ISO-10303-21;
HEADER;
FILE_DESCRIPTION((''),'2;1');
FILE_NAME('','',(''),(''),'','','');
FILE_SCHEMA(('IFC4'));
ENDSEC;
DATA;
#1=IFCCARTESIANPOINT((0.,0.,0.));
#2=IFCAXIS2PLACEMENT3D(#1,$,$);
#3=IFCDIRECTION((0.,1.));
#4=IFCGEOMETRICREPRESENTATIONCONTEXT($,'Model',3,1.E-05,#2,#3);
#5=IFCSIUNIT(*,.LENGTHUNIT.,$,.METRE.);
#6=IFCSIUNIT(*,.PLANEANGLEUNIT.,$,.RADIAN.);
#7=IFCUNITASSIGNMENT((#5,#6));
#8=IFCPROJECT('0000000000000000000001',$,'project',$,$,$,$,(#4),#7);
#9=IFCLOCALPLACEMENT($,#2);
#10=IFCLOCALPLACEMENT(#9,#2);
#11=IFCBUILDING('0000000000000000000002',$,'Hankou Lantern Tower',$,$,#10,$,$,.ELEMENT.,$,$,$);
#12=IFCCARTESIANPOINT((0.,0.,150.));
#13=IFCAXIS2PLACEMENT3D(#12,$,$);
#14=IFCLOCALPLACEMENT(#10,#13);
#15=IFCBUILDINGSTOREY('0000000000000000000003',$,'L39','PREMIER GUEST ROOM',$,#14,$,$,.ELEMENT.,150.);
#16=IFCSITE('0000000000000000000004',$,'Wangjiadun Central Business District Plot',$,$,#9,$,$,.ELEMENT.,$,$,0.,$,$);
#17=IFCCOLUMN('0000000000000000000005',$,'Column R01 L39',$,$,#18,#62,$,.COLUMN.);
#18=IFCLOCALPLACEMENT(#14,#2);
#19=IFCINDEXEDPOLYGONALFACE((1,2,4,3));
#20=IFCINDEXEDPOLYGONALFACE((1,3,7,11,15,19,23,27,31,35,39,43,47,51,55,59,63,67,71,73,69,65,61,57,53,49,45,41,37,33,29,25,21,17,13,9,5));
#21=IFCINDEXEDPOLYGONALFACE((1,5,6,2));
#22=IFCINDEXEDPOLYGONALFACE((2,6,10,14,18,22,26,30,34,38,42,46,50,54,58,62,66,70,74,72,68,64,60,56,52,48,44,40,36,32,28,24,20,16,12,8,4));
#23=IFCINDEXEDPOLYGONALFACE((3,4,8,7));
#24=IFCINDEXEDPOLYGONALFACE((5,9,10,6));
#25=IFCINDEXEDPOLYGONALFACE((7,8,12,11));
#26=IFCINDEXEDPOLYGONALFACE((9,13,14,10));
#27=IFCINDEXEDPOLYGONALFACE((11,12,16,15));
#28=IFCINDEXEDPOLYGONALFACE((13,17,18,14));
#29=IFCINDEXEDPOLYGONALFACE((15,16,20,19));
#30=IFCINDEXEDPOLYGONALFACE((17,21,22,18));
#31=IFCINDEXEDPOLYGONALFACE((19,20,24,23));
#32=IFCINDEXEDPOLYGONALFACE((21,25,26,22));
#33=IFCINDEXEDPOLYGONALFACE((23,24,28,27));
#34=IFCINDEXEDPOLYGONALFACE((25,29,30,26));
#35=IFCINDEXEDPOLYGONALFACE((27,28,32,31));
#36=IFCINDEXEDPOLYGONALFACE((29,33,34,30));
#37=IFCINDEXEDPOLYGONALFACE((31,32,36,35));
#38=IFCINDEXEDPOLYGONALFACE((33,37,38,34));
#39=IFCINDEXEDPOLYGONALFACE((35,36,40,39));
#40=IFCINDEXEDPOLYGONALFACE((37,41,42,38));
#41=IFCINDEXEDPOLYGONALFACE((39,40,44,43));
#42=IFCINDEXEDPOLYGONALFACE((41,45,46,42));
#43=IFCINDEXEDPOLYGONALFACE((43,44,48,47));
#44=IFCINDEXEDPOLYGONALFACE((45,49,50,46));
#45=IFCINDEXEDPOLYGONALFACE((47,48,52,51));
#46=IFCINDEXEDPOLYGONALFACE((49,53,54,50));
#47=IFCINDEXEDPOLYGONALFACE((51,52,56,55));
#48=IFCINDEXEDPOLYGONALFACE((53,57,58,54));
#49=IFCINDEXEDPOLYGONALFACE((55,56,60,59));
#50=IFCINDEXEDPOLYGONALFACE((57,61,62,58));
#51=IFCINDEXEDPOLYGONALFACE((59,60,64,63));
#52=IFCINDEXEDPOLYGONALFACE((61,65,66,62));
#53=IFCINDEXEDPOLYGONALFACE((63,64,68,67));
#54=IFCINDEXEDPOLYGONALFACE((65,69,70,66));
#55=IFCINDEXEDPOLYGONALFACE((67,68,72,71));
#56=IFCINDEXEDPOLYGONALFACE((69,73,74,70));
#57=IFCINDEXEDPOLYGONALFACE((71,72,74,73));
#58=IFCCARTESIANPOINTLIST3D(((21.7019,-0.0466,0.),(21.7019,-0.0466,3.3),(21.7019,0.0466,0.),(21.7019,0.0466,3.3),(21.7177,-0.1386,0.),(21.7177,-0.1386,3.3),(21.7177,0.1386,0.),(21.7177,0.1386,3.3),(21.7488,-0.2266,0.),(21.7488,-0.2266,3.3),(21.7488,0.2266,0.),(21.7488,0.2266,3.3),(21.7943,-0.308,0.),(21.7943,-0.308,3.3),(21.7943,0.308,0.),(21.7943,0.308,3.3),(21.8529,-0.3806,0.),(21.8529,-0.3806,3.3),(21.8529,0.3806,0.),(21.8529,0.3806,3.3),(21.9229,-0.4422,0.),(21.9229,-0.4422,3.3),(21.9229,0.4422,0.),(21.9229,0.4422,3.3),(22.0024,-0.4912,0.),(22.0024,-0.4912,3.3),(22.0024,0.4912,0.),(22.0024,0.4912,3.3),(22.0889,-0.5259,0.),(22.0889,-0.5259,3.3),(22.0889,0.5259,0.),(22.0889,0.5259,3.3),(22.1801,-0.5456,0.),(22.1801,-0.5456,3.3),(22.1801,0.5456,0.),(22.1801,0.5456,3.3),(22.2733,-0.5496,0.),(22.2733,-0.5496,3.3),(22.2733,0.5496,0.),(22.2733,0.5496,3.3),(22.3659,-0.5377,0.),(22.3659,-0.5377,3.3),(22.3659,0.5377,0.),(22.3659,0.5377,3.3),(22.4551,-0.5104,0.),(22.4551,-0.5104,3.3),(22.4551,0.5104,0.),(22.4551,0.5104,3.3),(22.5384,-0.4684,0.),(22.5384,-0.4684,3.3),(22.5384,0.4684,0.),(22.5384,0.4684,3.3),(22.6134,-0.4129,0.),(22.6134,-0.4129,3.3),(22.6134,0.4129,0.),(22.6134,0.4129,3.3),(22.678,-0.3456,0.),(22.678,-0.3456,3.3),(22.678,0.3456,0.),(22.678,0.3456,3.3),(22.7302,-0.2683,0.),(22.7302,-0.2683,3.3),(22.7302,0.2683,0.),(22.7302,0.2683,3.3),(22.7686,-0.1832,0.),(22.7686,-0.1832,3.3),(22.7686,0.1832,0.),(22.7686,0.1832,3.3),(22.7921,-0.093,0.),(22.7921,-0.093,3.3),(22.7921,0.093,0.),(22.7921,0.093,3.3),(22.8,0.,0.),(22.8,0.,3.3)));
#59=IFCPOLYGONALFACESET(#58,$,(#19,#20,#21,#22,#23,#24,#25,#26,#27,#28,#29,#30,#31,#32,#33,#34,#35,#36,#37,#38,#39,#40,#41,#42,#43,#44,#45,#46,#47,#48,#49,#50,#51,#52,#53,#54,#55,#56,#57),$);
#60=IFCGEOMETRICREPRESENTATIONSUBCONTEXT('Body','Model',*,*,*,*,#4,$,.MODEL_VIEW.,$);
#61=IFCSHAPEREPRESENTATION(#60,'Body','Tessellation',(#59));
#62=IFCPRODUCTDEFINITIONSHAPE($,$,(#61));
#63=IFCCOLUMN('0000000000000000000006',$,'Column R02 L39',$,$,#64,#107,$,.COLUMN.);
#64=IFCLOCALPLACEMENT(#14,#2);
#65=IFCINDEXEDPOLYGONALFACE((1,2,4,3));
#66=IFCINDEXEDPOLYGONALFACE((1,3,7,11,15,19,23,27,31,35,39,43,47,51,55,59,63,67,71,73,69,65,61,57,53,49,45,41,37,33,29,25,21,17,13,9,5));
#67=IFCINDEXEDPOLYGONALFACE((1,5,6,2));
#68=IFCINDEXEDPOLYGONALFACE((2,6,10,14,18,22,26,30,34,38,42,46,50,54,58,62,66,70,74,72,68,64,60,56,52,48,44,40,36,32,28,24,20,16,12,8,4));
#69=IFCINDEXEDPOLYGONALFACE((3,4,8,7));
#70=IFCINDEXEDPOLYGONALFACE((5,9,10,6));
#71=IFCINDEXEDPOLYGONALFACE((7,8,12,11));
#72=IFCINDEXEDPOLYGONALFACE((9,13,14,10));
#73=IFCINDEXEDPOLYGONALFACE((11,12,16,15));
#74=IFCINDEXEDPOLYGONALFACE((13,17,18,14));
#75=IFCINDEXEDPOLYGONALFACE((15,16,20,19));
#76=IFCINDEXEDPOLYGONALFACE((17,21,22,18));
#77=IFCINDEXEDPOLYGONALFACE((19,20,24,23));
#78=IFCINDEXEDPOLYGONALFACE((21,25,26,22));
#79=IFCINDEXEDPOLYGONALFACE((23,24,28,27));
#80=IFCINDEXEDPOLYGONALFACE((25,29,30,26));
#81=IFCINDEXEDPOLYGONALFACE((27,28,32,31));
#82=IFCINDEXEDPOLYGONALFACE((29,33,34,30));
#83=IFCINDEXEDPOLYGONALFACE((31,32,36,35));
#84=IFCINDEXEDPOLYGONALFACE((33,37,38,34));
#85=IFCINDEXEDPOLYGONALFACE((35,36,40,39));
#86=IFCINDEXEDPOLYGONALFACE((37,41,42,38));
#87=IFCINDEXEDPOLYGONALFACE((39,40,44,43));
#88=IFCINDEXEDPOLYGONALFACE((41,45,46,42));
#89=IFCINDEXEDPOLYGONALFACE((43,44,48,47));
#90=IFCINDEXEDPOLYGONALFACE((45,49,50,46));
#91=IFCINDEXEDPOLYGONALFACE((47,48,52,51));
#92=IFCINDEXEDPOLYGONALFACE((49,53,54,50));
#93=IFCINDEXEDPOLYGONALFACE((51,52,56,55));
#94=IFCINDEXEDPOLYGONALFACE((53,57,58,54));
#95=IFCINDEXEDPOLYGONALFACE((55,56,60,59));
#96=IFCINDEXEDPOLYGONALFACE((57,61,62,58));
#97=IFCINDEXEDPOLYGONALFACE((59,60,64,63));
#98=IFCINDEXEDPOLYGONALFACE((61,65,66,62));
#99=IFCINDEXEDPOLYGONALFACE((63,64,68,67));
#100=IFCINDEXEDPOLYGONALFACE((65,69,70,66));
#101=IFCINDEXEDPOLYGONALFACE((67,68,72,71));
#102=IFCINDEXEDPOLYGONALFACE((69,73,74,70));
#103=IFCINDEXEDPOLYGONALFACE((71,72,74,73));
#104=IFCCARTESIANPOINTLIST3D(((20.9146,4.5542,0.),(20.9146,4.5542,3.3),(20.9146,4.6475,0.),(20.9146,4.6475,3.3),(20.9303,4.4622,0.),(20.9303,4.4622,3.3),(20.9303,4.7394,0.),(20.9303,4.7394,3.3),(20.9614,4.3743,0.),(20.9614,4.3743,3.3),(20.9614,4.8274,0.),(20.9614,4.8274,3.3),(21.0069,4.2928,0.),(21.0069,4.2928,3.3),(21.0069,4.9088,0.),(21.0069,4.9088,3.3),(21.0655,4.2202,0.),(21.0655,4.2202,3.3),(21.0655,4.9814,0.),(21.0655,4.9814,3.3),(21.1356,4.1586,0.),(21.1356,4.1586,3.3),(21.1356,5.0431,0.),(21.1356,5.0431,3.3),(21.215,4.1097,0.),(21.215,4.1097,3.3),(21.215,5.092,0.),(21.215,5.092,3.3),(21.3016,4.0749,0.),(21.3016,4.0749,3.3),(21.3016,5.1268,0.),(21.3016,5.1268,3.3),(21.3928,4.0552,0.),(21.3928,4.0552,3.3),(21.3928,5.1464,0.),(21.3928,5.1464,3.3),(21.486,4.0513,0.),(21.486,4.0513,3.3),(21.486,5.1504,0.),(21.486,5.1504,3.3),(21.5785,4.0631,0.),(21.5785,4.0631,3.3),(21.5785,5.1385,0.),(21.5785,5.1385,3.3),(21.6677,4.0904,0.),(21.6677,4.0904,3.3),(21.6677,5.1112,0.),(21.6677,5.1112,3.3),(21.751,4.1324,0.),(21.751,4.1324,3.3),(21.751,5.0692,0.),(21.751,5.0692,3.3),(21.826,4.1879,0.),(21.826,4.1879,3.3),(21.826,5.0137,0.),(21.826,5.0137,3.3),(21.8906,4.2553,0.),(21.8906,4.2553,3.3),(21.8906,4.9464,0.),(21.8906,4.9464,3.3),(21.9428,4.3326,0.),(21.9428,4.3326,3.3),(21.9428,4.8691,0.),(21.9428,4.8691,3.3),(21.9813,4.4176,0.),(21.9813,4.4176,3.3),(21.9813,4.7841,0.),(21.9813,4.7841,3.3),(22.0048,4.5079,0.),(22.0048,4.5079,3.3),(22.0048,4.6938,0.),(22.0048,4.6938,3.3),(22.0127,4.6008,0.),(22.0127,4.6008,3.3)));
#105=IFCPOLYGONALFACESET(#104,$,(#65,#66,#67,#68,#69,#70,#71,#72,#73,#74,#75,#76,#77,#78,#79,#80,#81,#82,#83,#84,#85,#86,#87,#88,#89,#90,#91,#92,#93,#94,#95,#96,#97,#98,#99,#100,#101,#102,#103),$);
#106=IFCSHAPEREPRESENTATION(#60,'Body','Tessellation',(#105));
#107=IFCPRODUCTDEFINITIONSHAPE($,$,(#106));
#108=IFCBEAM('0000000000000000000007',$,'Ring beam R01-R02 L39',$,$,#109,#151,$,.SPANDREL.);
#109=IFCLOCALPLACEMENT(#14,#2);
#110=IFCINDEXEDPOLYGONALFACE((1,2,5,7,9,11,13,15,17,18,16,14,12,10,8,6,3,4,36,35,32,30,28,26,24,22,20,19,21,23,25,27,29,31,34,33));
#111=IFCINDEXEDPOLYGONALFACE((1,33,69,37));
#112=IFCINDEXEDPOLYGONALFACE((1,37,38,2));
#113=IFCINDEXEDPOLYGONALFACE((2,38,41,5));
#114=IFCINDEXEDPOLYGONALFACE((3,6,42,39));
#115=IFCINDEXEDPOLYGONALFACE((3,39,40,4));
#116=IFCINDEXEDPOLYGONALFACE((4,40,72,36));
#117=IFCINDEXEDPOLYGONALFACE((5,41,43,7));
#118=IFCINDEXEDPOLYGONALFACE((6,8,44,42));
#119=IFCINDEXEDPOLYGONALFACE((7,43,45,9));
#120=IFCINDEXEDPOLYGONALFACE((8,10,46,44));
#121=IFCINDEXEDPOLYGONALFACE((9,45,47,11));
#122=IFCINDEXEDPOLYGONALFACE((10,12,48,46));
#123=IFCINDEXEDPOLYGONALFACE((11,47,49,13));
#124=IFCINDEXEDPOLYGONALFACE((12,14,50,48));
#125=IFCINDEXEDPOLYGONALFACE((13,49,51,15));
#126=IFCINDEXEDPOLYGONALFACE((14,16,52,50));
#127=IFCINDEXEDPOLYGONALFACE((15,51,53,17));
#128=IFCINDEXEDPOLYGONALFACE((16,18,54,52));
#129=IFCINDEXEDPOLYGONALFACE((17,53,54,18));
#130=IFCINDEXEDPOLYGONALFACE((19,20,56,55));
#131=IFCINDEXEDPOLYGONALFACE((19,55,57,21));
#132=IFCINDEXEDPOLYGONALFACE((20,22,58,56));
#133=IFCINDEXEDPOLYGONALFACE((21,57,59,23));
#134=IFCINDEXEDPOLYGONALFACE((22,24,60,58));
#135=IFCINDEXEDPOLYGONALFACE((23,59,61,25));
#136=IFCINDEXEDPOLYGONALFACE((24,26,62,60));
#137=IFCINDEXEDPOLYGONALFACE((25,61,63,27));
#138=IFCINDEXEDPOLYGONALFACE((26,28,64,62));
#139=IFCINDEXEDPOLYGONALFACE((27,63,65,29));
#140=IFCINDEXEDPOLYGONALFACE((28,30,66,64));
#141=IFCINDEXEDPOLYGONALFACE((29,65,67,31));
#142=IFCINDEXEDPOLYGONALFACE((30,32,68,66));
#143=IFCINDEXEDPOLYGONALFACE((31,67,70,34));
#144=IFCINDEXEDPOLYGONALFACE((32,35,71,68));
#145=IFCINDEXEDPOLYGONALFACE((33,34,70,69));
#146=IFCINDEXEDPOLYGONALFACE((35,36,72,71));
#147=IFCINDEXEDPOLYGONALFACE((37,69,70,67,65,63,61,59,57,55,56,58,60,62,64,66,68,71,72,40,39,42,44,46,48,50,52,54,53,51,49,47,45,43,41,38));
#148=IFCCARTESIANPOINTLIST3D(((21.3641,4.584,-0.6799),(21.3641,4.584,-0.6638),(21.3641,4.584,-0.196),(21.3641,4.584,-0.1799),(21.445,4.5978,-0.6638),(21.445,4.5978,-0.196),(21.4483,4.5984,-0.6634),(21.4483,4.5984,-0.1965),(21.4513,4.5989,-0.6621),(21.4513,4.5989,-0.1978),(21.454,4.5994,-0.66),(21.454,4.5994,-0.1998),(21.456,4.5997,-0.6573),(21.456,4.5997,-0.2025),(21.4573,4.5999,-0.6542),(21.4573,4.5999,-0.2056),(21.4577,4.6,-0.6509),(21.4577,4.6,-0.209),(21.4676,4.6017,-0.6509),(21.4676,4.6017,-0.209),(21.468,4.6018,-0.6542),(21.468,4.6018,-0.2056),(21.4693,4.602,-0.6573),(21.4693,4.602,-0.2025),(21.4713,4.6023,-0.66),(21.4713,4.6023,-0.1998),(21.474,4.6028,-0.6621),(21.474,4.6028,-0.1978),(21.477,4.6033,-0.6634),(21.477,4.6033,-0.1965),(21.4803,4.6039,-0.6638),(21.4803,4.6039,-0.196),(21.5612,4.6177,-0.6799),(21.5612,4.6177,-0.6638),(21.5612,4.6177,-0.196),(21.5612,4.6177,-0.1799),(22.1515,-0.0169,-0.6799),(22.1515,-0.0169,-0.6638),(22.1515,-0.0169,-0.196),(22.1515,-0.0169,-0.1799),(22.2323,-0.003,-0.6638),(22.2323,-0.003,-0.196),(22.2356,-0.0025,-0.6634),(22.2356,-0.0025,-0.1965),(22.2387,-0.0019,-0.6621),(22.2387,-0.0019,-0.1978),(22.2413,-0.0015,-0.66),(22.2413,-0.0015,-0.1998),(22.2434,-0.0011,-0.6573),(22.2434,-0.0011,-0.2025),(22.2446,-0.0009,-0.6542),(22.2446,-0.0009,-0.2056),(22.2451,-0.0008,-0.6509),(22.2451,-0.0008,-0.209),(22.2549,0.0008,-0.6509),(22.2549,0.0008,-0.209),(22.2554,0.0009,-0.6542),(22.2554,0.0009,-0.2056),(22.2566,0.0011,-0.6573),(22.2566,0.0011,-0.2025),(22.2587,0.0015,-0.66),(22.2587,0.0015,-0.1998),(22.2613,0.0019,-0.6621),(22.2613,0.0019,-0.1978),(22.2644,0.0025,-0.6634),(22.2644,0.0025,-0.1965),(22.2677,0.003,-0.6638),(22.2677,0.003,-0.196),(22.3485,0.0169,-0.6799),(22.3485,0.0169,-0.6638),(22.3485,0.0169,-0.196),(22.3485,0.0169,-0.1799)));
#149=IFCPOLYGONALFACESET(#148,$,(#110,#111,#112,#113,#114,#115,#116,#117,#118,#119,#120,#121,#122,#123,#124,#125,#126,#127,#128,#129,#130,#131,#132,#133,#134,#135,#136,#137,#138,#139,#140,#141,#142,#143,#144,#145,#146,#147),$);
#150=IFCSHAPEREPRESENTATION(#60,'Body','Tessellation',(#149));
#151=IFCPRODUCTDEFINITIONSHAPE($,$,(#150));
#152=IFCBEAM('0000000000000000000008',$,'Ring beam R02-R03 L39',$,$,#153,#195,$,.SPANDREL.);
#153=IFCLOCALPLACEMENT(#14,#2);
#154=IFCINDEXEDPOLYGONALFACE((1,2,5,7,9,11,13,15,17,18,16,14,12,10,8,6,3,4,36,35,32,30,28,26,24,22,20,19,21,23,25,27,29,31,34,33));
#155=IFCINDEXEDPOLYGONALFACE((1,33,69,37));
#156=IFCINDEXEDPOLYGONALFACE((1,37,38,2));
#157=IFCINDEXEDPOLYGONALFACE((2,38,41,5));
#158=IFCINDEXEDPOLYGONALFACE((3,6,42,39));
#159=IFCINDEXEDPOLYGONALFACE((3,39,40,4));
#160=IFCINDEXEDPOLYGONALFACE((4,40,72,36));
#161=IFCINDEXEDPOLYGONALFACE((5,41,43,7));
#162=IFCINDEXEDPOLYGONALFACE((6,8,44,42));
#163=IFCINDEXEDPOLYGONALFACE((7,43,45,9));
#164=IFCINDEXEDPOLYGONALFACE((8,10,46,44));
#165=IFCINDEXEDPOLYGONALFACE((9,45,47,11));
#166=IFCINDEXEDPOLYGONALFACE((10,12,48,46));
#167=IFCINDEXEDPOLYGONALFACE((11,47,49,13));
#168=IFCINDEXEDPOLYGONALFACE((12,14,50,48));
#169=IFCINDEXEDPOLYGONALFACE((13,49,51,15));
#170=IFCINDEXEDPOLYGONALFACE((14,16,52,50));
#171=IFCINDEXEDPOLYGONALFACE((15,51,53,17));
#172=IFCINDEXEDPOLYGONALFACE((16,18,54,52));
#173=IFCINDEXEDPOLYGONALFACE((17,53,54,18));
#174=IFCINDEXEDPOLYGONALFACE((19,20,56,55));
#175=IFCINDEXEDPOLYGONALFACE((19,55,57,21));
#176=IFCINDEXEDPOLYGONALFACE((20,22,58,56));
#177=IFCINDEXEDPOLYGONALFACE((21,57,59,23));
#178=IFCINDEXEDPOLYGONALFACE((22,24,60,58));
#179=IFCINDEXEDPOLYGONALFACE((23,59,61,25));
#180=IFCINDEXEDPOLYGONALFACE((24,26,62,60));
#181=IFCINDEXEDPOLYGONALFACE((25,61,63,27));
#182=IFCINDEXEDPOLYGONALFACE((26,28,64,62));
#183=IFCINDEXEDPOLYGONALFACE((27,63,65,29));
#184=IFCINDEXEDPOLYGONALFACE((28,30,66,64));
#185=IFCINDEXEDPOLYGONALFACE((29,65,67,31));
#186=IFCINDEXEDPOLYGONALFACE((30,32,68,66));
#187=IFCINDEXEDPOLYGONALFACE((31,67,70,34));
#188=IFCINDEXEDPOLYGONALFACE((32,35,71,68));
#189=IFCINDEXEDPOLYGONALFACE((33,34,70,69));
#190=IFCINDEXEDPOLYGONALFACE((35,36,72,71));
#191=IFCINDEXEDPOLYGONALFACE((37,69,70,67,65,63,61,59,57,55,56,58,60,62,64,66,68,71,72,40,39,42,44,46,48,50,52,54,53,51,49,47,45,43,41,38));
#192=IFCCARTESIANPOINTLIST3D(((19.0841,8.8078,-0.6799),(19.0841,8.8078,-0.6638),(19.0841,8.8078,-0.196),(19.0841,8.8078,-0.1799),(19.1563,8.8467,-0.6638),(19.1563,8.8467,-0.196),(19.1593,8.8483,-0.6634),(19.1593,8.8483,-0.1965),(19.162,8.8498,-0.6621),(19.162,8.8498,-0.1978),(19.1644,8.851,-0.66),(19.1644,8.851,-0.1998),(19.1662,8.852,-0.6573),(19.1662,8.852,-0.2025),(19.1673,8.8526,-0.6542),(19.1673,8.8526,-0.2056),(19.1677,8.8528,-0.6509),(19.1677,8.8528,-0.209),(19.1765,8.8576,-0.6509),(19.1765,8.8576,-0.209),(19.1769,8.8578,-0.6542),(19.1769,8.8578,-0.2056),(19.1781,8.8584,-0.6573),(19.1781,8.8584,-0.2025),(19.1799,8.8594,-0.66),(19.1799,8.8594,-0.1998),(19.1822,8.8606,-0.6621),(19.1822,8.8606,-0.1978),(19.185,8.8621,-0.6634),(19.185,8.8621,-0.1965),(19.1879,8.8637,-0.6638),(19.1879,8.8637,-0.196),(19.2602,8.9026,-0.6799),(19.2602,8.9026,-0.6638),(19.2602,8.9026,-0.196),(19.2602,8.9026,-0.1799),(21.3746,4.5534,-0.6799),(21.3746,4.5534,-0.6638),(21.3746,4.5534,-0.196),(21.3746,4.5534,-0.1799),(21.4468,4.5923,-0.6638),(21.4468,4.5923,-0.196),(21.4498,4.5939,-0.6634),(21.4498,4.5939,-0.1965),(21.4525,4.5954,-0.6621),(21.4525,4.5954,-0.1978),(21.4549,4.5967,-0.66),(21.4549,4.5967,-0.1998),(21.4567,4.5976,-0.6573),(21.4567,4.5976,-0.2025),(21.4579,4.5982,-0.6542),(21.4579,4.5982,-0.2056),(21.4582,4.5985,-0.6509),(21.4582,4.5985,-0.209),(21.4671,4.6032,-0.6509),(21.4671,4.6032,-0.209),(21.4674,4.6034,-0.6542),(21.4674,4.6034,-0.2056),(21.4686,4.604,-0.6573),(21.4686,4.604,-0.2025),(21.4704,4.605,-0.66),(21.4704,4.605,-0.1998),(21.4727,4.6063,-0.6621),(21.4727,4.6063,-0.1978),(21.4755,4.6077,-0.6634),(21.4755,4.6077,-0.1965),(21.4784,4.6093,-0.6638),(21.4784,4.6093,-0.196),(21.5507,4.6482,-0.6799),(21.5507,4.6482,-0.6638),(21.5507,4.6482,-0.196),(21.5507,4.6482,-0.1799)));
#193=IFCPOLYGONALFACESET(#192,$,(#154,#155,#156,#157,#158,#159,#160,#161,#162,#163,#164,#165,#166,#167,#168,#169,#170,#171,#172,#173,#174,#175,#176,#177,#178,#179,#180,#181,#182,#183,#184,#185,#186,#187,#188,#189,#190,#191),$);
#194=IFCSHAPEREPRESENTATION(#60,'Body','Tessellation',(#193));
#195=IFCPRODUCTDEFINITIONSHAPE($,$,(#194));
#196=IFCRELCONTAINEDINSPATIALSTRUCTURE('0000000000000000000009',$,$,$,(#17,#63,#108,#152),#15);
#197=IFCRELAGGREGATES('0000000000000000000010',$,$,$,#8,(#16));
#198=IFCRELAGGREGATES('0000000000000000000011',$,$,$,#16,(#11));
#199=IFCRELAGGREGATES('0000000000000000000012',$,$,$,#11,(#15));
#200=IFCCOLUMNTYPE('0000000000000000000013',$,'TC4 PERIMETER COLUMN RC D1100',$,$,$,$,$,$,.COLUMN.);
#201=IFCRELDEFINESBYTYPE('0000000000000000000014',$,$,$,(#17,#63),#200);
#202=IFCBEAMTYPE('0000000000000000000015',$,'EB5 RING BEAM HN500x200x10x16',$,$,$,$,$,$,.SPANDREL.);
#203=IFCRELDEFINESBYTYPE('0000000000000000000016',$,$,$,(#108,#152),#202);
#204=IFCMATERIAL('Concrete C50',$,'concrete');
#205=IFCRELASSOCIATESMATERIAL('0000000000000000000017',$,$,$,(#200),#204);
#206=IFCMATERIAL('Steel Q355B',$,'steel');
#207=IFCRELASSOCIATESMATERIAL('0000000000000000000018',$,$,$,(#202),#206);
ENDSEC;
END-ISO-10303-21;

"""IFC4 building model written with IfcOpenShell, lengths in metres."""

from ifc_helpers import new_model, si_unit, direction, frame, origin, origin_2d, place, context, subcontext, project, spatial, circle, i_section, extrude, material, material_profile, profile_set, type_object, element, save


model = new_model("IFC4")

# Units and contexts
model_context = context("Model", 3, precision=1e-05, world=origin(), true_north=direction((0.0, 1.0)))
body_context = subcontext(model_context, "Body", "Model", "MODEL_VIEW")
ifc_project = project(units=[si_unit("LENGTHUNIT", "METRE"), si_unit("PLANEANGLEUNIT", "RADIAN")], contexts=[model_context])

# Site, building, storey
site_placement = place(None, origin())
site = spatial("IfcSite", under=ifc_project, at=site_placement, Name="Wangjiadun Central Business District Plot", CompositionType="ELEMENT", RefElevation=0.0)
building_placement = place(site_placement, origin())
building = spatial("IfcBuilding", under=site, at=building_placement, Name="Hankou Lantern Tower", CompositionType="ELEMENT")
storey_placement = place(building_placement, frame((0.0, 0.0, 150.0)))
storey = spatial("IfcBuildingStorey", under=building, at=storey_placement, Name="L39", Description="PREMIER GUEST ROOM", CompositionType="ELEMENT", Elevation=150.0)

# Columns
ifc_material_1 = material(Name="Concrete C50", Category="concrete")
ifc_material_profile_1 = material_profile(ifc_material_1, circle(Radius=0.55, at=origin_2d()), Name="RC D1100")
ifc_profile_set_1 = profile_set([ifc_material_profile_1], Name="Concrete C50")
column_type = type_object("IfcColumnType", Name="TC4 PERIMETER COLUMN RC D1100", PredefinedType="COLUMN", material=ifc_profile_set_1)
for number, where, z_axis, x_axis, name in (
    (1, (22.25, 0.0, 0.0), (0.0, 0.0, 1.0), (1.0, 0.0, 0.0), "Column R01 L39"),
    (2, (21.4626, 4.6008, 0.0), (0.0, 0.0, 1.0), (1.0, 0.0, 0.0), "Column R02 L39"),
):
    element("IfcColumn", number, at=place(storey_placement, frame(where, z_axis=z_axis, x_axis=x_axis)), inside=storey, type_object=column_type, Name=name, PredefinedType="COLUMN", context=body_context, shape_type="SweptSolid", body=[
        extrude(circle(Radius=0.55, at=origin_2d()), origin(), (0.0, 0.0, 1.0), 3.3),
    ])

# Beams
ifc_material_2 = material(Name="Steel Q355B", Category="steel")
ifc_material_profile_2 = material_profile(ifc_material_2, i_section(OverallWidth=0.2, OverallDepth=0.5, WebThickness=0.01, FlangeThickness=0.0161, FilletRadius=0.0129, at=origin_2d()), Name="HN500x200x10x16")
ifc_profile_set_2 = profile_set([ifc_material_profile_2], Name="Steel Q355B")
beam_type = type_object("IfcBeamType", Name="EB5 RING BEAM HN500x200x10x16", PredefinedType="SPANDREL", material=ifc_profile_set_2)
beam_1_placement = place(storey_placement, frame((22.25, 0.0, -0.4299), z_axis=(-0.168681, 0.985671, 0.0), x_axis=(-0.985671, -0.168681, 0.0)))
element("IfcBeam", 3, at=beam_1_placement, inside=storey, type_object=beam_type, Name="Ring beam R01-R02 L39", PredefinedType="SPANDREL", context=body_context, shape_type="SweptSolid", body=[
    extrude(i_section(OverallWidth=0.2, OverallDepth=0.5, WebThickness=0.01, FlangeThickness=0.0161, FilletRadius=0.0129, at=origin_2d()), origin(), (0.0, 0.0, 1.0), 4.6677),
])
beam_2_placement = place(storey_placement, frame((21.4626, 4.6008, -0.4299), z_axis=(-0.474052, 0.880497, 0.0), x_axis=(-0.880497, -0.474052, 0.0)))
element("IfcBeam", 4, at=beam_2_placement, inside=storey, type_object=beam_type, Name="Ring beam R02-R03 L39", PredefinedType="SPANDREL", context=body_context, shape_type="SweptSolid", body=[
    extrude(i_section(OverallWidth=0.2, OverallDepth=0.5, WebThickness=0.01, FlangeThickness=0.0161, FilletRadius=0.0129, at=origin_2d()), origin(), (0.0, 0.0, 1.0), 4.8318),
])

save(model, "model.ifc")
